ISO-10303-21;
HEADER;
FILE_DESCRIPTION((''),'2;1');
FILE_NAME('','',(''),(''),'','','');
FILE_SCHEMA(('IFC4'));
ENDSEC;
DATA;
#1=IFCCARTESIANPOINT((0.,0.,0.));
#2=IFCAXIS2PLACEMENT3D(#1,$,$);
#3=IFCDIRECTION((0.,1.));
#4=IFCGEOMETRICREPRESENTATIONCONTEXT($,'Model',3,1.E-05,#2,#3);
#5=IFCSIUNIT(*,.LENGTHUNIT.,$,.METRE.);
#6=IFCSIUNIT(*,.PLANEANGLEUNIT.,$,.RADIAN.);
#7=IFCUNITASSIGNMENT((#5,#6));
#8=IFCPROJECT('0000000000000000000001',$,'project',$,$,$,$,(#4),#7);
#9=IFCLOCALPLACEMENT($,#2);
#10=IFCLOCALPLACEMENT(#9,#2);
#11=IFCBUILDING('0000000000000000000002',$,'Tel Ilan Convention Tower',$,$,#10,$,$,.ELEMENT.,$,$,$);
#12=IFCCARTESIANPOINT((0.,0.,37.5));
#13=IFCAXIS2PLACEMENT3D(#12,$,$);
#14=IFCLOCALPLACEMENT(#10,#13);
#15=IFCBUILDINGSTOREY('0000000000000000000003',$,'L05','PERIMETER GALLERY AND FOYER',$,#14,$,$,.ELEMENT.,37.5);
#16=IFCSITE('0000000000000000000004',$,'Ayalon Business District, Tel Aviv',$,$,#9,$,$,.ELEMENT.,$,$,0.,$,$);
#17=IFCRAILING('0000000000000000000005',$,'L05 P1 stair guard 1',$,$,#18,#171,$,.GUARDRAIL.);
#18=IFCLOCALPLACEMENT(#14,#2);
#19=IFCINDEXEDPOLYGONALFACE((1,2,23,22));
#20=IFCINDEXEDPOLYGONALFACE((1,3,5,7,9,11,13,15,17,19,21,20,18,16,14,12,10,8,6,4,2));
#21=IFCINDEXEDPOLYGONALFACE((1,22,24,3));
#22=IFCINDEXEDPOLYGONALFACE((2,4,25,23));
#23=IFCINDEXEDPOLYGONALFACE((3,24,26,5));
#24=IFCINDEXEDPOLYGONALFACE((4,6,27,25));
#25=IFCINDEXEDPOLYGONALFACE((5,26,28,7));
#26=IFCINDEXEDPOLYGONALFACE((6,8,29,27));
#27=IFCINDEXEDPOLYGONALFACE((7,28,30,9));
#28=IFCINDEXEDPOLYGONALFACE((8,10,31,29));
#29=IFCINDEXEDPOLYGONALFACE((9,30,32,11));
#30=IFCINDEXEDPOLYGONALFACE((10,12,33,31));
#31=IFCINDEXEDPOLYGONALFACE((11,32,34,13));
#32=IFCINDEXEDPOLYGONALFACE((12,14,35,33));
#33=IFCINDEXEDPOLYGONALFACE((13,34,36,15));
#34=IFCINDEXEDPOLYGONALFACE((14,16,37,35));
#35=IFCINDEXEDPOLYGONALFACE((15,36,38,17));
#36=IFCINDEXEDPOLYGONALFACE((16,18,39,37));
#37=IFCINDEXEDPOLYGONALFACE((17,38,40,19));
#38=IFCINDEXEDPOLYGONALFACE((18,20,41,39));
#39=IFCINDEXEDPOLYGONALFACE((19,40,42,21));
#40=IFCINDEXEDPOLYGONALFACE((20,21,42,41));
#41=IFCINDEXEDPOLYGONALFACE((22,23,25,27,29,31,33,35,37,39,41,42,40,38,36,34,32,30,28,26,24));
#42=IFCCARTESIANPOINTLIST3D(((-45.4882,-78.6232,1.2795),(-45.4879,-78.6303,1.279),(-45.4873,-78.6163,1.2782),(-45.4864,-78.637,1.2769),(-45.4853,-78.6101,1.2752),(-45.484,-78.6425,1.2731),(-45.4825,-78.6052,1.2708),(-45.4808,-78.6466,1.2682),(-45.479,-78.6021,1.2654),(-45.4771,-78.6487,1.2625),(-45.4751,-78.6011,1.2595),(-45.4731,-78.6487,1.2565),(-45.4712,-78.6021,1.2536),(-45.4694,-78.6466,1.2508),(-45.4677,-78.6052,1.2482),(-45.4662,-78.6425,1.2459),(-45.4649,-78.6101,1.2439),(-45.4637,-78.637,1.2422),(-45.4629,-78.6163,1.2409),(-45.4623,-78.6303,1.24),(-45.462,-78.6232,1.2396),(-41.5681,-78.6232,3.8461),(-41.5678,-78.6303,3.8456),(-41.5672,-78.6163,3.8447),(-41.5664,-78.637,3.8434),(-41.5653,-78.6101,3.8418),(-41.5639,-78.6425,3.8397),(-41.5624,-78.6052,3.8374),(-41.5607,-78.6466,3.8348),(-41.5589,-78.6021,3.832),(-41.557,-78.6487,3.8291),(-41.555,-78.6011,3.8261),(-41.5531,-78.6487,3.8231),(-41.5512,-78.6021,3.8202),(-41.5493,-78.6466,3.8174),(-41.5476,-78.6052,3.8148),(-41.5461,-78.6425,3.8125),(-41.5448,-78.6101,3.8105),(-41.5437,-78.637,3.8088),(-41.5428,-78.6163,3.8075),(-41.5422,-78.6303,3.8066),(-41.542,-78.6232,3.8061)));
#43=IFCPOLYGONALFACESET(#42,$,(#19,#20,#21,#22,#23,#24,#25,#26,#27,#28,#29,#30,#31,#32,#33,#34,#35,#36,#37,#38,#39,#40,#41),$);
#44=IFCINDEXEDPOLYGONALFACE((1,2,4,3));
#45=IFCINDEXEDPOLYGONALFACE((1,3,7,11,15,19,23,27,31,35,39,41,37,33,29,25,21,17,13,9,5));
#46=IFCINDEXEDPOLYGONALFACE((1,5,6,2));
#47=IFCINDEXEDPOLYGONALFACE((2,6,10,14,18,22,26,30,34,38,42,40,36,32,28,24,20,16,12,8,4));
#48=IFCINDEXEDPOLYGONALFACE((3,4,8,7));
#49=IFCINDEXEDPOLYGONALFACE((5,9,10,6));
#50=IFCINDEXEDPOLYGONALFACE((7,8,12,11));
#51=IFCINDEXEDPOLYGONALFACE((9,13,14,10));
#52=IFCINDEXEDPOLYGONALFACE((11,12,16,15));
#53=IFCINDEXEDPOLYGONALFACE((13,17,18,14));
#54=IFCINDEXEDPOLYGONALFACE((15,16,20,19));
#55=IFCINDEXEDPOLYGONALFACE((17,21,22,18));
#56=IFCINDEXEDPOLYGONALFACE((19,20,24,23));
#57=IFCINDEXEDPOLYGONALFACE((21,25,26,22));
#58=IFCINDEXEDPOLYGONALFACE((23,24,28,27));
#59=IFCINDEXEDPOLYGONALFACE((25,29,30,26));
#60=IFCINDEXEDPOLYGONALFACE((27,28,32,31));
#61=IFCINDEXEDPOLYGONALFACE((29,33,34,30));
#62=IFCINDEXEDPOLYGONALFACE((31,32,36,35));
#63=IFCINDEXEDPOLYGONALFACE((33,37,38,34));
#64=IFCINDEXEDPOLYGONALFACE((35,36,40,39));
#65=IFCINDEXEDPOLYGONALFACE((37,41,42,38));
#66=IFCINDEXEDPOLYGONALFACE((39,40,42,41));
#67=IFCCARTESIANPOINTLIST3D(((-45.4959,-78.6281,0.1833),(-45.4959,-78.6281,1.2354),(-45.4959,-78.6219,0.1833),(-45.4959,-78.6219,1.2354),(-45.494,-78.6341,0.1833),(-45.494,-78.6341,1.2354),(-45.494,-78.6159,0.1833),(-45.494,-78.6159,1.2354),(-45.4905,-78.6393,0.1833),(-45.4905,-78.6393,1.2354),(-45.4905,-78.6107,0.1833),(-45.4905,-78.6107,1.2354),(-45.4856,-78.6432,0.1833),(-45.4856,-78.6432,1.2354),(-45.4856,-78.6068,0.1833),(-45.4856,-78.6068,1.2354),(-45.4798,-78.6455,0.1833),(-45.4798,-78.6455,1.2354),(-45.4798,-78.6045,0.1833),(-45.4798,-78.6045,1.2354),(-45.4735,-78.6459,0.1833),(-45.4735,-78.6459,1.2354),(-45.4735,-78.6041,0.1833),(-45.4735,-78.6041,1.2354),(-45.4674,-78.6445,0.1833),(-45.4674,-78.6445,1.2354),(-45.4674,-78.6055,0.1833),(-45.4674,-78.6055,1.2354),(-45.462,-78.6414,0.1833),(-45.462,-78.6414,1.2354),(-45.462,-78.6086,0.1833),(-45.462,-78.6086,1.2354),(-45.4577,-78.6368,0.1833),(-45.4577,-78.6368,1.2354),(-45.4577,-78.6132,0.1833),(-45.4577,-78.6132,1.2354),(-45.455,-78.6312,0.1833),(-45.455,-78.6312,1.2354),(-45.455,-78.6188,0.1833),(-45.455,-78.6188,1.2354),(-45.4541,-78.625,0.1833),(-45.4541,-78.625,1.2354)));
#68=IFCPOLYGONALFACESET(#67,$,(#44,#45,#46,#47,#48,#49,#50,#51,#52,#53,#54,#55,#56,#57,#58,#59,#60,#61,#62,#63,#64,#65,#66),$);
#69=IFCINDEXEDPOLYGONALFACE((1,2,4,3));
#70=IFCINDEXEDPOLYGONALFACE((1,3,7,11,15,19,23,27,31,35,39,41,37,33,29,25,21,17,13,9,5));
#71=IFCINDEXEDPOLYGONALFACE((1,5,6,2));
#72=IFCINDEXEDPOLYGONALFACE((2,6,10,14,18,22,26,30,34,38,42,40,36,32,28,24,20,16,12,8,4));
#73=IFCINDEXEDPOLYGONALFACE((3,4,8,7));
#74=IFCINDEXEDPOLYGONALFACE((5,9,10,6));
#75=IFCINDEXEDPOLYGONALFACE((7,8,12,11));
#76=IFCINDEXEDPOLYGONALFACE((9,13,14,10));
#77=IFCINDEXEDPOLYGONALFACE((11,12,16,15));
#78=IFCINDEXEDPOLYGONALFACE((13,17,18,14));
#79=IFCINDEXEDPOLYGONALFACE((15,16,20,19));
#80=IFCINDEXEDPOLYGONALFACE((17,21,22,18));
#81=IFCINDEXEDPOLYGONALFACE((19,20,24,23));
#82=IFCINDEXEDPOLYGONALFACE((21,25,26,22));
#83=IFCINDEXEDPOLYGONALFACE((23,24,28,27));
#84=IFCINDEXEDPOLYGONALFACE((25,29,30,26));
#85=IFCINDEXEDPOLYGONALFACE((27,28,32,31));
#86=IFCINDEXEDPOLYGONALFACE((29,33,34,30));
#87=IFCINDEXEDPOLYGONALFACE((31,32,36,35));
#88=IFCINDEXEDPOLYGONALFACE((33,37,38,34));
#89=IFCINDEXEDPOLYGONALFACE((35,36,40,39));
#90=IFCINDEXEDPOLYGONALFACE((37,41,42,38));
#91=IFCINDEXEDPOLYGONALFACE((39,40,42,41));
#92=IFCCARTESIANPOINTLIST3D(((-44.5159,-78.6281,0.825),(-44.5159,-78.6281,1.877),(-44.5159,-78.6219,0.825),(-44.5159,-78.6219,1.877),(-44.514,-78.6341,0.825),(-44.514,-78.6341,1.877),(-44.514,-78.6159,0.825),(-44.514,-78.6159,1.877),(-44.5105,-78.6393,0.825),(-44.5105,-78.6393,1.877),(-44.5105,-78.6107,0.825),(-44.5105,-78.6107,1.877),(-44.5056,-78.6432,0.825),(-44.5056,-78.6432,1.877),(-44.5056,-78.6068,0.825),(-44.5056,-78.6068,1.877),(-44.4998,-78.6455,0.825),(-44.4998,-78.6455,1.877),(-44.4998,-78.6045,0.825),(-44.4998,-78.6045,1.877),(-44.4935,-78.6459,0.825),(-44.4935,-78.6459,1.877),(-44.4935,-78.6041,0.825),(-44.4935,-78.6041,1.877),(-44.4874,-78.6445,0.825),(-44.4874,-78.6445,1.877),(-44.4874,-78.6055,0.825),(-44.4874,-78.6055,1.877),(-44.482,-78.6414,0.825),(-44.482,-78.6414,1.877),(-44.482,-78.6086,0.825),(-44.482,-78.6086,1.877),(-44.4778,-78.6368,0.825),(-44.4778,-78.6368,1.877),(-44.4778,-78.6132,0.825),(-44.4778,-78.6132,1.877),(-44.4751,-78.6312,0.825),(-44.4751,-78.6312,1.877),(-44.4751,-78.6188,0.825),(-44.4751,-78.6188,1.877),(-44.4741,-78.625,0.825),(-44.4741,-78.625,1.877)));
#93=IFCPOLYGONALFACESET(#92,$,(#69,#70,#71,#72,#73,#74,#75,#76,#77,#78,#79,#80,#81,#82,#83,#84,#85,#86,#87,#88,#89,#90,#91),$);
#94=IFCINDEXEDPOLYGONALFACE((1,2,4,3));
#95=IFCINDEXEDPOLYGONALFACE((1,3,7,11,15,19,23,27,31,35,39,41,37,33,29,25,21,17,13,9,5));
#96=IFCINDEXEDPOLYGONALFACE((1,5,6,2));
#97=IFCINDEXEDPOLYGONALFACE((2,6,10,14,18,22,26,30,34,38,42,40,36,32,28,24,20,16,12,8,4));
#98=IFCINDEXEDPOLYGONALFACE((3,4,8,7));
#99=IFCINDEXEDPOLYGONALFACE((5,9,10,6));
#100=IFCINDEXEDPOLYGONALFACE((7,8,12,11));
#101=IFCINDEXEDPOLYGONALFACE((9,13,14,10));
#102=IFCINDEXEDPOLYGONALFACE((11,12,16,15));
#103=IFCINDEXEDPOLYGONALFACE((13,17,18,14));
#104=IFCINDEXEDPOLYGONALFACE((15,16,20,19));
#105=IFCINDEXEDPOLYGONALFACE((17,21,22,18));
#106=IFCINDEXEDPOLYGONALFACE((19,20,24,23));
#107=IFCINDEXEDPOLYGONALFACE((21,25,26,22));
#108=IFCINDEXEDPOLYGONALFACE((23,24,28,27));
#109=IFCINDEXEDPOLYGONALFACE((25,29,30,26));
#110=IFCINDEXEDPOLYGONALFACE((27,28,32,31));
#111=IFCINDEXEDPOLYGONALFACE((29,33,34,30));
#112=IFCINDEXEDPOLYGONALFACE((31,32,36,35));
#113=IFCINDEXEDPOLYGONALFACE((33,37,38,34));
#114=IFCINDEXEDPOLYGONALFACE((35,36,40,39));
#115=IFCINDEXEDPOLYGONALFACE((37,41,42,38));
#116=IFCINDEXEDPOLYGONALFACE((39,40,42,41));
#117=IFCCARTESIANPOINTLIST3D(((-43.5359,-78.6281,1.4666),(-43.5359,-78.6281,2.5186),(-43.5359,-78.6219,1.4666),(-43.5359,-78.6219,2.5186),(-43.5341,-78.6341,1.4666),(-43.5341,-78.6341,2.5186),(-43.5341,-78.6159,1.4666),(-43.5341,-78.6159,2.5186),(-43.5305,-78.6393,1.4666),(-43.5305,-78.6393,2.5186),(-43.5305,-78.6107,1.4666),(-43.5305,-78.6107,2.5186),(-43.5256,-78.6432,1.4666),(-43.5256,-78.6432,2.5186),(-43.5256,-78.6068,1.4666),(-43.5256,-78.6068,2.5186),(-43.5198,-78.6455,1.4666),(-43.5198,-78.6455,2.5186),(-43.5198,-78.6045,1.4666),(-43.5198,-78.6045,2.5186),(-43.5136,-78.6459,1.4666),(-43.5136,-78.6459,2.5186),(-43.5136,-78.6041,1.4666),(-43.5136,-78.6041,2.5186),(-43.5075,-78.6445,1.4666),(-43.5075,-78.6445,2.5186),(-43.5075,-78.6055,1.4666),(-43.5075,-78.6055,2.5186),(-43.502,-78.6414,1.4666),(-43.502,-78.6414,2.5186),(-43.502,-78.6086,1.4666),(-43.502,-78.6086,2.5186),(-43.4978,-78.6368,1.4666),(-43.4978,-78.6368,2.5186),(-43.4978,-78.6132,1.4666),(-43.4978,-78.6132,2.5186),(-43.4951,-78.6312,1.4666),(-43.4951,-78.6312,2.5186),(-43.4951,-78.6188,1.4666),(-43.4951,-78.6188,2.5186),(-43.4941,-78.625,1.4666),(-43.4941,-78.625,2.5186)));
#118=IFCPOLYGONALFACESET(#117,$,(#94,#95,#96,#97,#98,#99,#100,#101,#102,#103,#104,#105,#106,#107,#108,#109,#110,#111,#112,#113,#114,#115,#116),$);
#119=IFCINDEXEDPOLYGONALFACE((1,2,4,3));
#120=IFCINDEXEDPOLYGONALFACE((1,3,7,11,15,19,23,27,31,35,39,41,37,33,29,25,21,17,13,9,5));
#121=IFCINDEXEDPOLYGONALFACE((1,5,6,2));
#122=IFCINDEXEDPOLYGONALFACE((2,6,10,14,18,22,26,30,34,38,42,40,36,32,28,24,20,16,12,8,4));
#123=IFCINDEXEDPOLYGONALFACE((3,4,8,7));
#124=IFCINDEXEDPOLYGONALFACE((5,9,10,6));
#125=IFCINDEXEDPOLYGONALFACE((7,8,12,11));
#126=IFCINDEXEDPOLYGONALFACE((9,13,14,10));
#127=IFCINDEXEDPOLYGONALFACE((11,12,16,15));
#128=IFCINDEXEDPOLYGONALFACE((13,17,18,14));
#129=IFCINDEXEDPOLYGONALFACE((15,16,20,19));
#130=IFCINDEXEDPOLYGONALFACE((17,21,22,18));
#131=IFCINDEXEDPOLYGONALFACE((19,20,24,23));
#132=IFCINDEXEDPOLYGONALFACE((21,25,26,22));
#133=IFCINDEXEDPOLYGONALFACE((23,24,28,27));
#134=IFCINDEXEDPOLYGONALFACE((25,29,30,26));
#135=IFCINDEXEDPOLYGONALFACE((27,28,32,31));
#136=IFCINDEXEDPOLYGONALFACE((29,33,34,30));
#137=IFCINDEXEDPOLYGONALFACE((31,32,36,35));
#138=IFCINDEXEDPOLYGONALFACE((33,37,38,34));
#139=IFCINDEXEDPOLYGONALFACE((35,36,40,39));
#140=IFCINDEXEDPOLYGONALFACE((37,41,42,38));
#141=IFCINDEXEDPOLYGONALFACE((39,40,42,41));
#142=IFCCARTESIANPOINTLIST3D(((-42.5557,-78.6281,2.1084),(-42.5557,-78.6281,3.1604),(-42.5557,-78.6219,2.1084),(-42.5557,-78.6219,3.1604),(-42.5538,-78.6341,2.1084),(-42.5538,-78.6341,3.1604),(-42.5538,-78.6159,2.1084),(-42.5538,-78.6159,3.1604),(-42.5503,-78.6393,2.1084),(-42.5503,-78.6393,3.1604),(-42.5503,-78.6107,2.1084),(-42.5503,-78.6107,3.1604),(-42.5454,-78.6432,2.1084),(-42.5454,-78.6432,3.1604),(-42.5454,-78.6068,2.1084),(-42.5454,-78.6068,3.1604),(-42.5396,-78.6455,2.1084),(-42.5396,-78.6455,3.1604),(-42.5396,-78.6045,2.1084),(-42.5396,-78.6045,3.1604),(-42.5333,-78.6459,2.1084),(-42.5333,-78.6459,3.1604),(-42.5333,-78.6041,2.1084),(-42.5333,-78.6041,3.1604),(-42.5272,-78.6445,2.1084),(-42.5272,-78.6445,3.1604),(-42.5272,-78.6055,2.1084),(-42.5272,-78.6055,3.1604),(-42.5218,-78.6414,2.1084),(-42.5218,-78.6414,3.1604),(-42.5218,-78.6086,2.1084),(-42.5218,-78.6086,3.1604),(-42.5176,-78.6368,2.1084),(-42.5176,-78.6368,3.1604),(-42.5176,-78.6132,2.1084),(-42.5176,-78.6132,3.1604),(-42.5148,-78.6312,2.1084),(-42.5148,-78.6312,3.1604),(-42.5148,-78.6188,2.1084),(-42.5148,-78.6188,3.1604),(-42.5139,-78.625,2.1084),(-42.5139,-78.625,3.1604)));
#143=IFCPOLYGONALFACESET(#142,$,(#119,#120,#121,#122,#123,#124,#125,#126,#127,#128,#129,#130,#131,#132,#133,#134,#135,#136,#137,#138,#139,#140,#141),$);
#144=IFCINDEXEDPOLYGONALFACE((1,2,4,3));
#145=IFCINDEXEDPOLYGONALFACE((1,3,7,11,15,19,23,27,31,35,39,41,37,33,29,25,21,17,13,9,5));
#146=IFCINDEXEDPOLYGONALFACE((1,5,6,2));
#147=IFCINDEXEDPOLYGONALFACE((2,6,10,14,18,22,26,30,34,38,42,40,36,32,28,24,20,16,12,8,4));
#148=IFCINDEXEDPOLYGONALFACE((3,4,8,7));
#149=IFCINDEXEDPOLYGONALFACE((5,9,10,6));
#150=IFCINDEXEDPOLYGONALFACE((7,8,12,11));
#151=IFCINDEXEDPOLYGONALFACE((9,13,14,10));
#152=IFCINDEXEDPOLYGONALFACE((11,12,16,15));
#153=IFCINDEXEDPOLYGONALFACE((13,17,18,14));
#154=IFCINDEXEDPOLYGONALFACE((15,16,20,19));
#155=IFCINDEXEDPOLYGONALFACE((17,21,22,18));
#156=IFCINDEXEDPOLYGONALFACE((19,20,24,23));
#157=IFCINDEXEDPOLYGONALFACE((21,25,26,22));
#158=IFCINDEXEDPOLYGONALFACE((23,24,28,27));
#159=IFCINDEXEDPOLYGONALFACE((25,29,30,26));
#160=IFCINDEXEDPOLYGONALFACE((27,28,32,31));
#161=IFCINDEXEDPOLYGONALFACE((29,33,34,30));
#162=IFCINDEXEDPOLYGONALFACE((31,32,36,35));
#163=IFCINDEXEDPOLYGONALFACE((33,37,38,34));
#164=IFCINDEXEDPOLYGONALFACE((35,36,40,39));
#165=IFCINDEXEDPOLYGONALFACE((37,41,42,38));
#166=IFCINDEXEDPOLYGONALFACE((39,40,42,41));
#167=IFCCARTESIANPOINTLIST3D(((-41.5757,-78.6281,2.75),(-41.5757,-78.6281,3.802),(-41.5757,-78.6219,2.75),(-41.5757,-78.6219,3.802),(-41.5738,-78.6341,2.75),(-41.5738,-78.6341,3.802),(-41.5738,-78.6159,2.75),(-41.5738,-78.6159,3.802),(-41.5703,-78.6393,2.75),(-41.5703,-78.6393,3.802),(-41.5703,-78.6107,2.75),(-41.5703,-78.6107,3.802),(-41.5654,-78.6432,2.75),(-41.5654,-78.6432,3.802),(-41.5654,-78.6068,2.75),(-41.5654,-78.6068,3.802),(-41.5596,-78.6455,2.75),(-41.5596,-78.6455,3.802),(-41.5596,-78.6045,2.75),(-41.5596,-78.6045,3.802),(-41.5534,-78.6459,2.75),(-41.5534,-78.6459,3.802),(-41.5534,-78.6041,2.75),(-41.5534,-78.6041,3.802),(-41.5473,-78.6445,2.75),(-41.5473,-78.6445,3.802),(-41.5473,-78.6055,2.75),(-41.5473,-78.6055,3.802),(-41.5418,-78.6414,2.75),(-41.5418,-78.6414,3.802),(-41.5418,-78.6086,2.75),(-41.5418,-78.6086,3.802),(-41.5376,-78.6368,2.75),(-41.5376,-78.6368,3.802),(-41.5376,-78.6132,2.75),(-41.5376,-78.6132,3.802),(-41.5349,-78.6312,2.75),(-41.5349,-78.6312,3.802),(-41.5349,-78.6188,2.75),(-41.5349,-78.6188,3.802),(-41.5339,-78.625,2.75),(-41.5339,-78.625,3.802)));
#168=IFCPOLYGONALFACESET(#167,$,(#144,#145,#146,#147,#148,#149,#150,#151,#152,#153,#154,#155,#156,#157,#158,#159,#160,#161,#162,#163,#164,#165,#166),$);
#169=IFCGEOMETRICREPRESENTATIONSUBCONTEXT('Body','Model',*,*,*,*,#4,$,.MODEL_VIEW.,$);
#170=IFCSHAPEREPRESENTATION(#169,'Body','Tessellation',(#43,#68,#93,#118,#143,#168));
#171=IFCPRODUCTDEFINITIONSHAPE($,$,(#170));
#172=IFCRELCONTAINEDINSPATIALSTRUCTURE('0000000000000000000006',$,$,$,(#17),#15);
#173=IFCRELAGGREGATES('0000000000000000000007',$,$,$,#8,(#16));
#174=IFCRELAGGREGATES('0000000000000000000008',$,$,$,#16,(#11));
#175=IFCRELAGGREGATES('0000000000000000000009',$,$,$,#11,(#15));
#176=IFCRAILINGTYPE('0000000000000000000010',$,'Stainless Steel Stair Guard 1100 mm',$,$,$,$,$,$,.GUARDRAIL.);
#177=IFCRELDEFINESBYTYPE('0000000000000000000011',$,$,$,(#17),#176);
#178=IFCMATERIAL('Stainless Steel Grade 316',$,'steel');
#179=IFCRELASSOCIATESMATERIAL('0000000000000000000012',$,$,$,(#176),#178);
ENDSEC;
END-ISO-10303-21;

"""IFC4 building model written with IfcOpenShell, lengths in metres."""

from ifc_helpers import new_model, si_unit, direction, frame, origin, origin_2d, place, context, subcontext, project, spatial, circle, extrude, material, type_object, element, save


model = new_model("IFC4")

# Units and contexts
model_context = context("Model", 3, precision=1e-05, world=origin(), true_north=direction((0.0, 1.0)))
body_context = subcontext(model_context, "Body", "Model", "MODEL_VIEW")
ifc_project = project(units=[si_unit("LENGTHUNIT", "METRE"), si_unit("PLANEANGLEUNIT", "RADIAN")], contexts=[model_context])

# Site, building, storey
site_placement = place(None, origin())
site = spatial("IfcSite", under=ifc_project, at=site_placement, Name="Ayalon Business District, Tel Aviv", CompositionType="ELEMENT", RefElevation=0.0)
building_placement = place(site_placement, origin())
building = spatial("IfcBuilding", under=site, at=building_placement, Name="Tel Ilan Convention Tower", CompositionType="ELEMENT")
storey_placement = place(building_placement, frame((0.0, 0.0, 37.5)))
storey = spatial("IfcBuildingStorey", under=building, at=storey_placement, Name="L05", Description="PERIMETER GALLERY AND FOYER", CompositionType="ELEMENT", Elevation=37.5)

# Railing
ifc_material_1 = material(Name="Stainless Steel Grade 316", Category="steel")
railing_type_1 = type_object("IfcRailingType", Name="Stainless Steel Stair Guard 1100 mm", PredefinedType="GUARDRAIL", material=ifc_material_1)
railing_1_placement = place(storey_placement, frame((-45.4751, -78.625, 0.1833)))
element("IfcRailing", 1, at=railing_1_placement, inside=storey, type_object=railing_type_1, Name="L05 P1 stair guard 1", PredefinedType="GUARDRAIL", context=body_context, shape_type="SweptSolid", body=[
    extrude(circle(Radius=0.0239, at=origin_2d()), frame((0.0, 0.0, 1.0762), z_axis=(0.836631, 0.0, 0.547767), x_axis=(0.0, 1.0, 0.0)), (0.0, 0.0, 1.0), 4.6855),
    extrude(circle(Radius=0.021, at=origin_2d()), origin(), (0.0, 0.0, 1.0), 1.052),
    extrude(circle(Radius=0.021, at=origin_2d()), frame((0.98, 0.0, 0.6416)), (0.0, 0.0, 1.0), 1.052),
    extrude(circle(Radius=0.021, at=origin_2d()), frame((1.96, 0.0, 1.2832)), (0.0, 0.0, 1.0), 1.052),
    extrude(circle(Radius=0.021, at=origin_2d()), frame((2.9402, 0.0, 1.925)), (0.0, 0.0, 1.0), 1.052),
    extrude(circle(Radius=0.021, at=origin_2d()), frame((3.9202, 0.0, 2.5667)), (0.0, 0.0, 1.0), 1.052),
])

save(model, "model.ifc")
